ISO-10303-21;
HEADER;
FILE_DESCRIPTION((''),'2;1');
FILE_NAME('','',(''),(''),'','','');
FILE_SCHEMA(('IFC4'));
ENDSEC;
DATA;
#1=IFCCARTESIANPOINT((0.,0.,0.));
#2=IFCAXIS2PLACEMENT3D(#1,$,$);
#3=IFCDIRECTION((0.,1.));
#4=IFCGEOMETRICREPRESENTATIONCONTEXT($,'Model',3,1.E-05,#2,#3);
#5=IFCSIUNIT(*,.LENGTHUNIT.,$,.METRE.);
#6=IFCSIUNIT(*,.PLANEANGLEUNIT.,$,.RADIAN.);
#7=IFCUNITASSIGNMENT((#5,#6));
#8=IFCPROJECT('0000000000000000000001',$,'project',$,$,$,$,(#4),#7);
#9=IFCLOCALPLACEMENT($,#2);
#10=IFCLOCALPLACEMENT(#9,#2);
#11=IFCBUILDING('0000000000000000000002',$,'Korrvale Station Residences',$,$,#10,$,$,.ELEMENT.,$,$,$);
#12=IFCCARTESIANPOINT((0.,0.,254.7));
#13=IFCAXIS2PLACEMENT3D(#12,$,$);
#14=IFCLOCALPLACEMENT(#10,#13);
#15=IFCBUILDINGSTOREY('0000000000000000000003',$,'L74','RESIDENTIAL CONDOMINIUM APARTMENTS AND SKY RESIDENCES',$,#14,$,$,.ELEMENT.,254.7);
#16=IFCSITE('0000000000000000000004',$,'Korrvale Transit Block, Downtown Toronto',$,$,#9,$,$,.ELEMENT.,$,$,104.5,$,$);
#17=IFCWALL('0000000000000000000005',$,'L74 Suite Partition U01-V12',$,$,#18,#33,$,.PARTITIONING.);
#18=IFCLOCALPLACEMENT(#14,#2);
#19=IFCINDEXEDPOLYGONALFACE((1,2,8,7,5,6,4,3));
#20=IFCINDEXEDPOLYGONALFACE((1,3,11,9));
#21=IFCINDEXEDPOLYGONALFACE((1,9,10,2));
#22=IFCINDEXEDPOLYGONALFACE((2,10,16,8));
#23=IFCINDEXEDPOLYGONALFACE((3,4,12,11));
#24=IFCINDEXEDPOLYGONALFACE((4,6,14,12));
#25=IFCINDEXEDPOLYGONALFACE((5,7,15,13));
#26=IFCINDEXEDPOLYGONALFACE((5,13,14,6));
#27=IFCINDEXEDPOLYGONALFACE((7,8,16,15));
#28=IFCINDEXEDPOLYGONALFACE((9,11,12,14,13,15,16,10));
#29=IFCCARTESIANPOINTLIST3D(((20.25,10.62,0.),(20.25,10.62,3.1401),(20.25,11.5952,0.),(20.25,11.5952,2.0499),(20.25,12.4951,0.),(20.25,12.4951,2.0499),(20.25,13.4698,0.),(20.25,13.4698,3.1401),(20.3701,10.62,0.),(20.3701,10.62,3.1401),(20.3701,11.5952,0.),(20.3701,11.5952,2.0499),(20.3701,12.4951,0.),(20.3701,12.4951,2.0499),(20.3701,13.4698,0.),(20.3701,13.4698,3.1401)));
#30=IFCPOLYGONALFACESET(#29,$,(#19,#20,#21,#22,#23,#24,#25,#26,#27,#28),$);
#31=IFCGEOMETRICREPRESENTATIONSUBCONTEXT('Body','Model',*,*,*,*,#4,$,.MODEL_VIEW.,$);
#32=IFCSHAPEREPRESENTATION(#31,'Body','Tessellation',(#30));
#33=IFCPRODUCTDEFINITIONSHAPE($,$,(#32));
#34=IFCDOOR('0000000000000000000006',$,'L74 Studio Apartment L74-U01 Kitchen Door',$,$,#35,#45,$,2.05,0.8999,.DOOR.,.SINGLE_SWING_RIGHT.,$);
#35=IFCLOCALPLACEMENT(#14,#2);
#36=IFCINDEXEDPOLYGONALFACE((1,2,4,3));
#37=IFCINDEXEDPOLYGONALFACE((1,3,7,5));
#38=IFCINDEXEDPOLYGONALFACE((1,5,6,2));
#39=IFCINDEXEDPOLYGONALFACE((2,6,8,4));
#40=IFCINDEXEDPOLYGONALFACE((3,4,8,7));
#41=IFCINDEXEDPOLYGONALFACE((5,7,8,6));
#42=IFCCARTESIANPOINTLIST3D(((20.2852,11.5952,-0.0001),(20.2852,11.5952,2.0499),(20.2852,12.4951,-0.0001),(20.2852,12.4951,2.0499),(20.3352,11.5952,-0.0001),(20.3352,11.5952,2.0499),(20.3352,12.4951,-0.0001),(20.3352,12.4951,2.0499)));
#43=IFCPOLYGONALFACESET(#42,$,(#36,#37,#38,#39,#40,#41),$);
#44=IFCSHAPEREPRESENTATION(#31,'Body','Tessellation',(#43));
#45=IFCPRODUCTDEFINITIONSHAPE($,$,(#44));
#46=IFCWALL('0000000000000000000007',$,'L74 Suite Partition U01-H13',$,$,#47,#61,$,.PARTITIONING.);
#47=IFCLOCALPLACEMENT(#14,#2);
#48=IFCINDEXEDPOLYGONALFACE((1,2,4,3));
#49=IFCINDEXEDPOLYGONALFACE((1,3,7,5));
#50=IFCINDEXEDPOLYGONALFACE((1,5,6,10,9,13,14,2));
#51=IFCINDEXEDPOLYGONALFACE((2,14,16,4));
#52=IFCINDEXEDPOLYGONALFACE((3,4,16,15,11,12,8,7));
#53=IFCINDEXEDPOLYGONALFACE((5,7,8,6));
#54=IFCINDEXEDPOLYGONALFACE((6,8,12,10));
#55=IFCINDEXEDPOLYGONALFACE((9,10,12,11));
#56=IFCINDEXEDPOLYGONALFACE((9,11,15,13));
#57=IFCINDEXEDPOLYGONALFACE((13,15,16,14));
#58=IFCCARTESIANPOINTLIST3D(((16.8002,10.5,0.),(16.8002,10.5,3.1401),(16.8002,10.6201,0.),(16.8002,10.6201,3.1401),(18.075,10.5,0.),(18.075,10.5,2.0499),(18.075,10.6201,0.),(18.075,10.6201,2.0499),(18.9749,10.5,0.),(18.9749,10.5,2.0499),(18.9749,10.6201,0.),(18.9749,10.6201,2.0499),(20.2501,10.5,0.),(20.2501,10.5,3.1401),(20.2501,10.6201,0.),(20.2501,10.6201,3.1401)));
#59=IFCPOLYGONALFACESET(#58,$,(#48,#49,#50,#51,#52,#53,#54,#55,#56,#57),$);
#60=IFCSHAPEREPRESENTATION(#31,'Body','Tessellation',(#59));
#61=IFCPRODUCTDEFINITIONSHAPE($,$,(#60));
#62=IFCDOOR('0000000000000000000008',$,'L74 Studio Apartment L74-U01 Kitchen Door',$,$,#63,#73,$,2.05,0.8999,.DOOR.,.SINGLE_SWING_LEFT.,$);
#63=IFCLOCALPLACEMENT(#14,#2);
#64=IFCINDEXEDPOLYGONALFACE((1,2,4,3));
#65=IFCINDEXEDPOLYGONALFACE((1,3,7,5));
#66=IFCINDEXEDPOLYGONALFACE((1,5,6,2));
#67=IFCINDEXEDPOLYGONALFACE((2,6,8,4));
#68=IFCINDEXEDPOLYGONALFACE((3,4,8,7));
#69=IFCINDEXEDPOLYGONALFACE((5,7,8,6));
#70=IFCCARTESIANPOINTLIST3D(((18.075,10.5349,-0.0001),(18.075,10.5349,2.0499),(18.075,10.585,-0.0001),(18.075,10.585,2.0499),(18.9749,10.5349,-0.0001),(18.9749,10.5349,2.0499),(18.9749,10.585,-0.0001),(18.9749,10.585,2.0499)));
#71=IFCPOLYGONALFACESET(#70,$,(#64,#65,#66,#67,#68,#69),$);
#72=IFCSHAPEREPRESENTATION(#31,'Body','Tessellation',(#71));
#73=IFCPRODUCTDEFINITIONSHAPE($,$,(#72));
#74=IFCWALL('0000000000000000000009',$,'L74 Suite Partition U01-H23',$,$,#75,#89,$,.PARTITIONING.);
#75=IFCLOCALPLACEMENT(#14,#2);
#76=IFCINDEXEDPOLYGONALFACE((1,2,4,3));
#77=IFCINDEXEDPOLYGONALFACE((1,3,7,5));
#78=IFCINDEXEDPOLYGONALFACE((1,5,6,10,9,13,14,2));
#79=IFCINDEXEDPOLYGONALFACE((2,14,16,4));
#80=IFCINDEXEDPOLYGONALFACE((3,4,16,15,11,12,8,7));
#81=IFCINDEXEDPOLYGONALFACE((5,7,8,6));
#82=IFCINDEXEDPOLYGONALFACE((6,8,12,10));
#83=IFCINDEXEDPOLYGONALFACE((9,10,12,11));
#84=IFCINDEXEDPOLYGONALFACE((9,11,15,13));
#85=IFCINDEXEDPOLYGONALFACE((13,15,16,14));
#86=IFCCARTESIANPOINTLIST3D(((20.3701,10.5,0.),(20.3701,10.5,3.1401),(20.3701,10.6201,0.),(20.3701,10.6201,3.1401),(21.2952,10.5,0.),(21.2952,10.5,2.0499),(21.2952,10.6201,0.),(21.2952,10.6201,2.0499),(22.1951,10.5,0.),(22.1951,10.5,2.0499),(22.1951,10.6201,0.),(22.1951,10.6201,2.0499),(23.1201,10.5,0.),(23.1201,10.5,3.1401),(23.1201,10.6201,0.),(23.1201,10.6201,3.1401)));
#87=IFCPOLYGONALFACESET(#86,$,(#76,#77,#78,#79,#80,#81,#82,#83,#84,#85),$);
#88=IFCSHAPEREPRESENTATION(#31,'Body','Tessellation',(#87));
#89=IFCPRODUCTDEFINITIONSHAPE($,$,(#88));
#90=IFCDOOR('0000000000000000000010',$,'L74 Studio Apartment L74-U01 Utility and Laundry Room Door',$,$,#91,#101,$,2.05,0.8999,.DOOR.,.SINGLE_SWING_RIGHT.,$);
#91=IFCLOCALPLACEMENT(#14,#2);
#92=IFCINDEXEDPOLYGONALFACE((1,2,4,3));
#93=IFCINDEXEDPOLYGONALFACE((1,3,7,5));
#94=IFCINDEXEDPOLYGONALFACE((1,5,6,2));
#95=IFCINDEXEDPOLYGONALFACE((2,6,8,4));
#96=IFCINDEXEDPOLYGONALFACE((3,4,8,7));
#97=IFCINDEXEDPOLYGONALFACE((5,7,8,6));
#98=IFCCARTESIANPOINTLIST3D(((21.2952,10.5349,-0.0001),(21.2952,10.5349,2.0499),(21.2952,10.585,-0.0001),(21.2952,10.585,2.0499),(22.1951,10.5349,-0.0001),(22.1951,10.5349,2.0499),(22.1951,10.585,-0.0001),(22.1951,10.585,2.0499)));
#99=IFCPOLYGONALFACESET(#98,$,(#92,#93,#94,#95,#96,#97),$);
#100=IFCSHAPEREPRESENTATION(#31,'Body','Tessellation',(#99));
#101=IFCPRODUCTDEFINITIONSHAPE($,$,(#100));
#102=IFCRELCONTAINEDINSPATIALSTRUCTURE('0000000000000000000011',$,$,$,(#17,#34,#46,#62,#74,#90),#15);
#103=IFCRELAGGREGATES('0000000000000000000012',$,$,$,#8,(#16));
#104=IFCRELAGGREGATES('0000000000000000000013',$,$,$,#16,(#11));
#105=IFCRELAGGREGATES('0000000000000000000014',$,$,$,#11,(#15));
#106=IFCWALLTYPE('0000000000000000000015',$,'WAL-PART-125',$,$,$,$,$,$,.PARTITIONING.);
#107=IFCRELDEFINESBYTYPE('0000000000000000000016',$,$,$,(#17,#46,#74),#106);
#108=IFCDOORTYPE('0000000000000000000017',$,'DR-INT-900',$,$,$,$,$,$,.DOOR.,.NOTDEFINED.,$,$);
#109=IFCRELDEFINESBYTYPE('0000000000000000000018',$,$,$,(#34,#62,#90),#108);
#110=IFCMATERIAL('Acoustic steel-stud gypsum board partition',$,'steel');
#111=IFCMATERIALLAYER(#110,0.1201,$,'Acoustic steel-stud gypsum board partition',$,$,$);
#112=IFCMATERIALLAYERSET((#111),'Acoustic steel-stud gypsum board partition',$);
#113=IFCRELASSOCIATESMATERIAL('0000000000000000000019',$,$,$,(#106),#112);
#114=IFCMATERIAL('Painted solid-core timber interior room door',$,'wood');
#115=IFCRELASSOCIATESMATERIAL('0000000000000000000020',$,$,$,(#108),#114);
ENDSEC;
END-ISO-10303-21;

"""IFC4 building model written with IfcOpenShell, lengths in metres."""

from ifc_helpers import new_model, si_unit, direction, frame, frame_2d, origin, place, context, subcontext, project, spatial, rectangle, extrude, material, layer, layer_set, type_object, element, fill, save


model = new_model("IFC4")

# Units and contexts
model_context = context("Model", 3, precision=1e-05, world=origin(), true_north=direction((0.0, 1.0)))
body_context = subcontext(model_context, "Body", "Model", "MODEL_VIEW")
ifc_project = project(units=[si_unit("LENGTHUNIT", "METRE"), si_unit("PLANEANGLEUNIT", "RADIAN")], contexts=[model_context])

# Site, building, storey
site_placement = place(None, origin())
site = spatial("IfcSite", under=ifc_project, at=site_placement, Name="Korrvale Transit Block, Downtown Toronto", CompositionType="ELEMENT", RefElevation=104.5)
building_placement = place(site_placement, origin())
building = spatial("IfcBuilding", under=site, at=building_placement, Name="Korrvale Station Residences", CompositionType="ELEMENT")
storey_placement = place(building_placement, frame((0.0, 0.0, 254.7)))
storey = spatial("IfcBuildingStorey", under=building, at=storey_placement, Name="L74", Description="RESIDENTIAL CONDOMINIUM APARTMENTS AND SKY RESIDENCES", CompositionType="ELEMENT", Elevation=254.7)

# Walls, openings, doors
ifc_material_1 = material(Name="Acoustic steel-stud gypsum board partition", Category="steel")
ifc_layer_1 = layer(ifc_material_1, 0.1201, Name="Acoustic steel-stud gypsum board partition")
ifc_layer_set_1 = layer_set([ifc_layer_1], Name="Acoustic steel-stud gypsum board partition")
wall_type_1 = type_object("IfcWallType", Name="WAL-PART-125", PredefinedType="PARTITIONING", material=ifc_layer_set_1)
wall_1_placement = place(storey_placement, frame((20.3101, 10.6201, 0.0), z_axis=(0.0, 0.0, 1.0), x_axis=(0.0, 1.0, 0.0)))
wall_1 = element("IfcWall", 1, at=wall_1_placement, inside=storey, type_object=wall_type_1, Name="L74 Suite Partition U01-V12", PredefinedType="PARTITIONING", context=body_context, shape_type="SweptSolid", body=[
    extrude(rectangle(XDim=2.8499, YDim=0.1201, at=frame_2d((1.4248, 0.0))), origin(), (0.0, 0.0, 1.0), 3.1401),
])
opening_1_placement = place(wall_1_placement, frame((0.9751, 0.0, 0.0)))
opening_1 = element("IfcOpeningElement", 2, at=opening_1_placement, cuts=wall_1, PredefinedType="OPENING", context=body_context, shape_type="SweptSolid", body=[
    extrude(rectangle(XDim=0.8999, YDim=2.05, at=frame_2d((0.45, 1.0249))), frame((0.0, 0.0701, 0.0), z_axis=(0.0, -1.0, 0.0), x_axis=(1.0, 0.0, 0.0)), (0.0, 0.0, 1.0), 0.1401),
])
ifc_material_2 = material(Name="Painted solid-core timber interior room door", Category="wood")
door_type_1 = type_object("IfcDoorType", Name="DR-INT-900", OperationType="NOTDEFINED", PredefinedType="DOOR", material=ifc_material_2)
door_1_placement = place(opening_1_placement, origin())
door_1 = element("IfcDoor", 3, at=door_1_placement, inside=storey, type_object=door_type_1, Name="L74 Studio Apartment L74-U01 Kitchen Door", OperationType="SINGLE_SWING_RIGHT", OverallHeight=2.05, OverallWidth=0.8999, PredefinedType="DOOR", context=body_context, shape_type="SweptSolid", body=[
    extrude(rectangle(XDim=0.8999, YDim=2.05, at=frame_2d((0.45, 1.0249))), frame((0.0, 0.0249, 0.0), z_axis=(0.0, -1.0, 0.0), x_axis=(1.0, 0.0, 0.0)), (0.0, 0.0, 1.0), 0.05),
])
fill(opening_1, door_1)
wall_2_placement = place(storey_placement, frame((16.8, 10.5601, 0.0), z_axis=(0.0, 0.0, 1.0), x_axis=(1.0, 0.0, 0.0)))
wall_2 = element("IfcWall", 4, at=wall_2_placement, inside=storey, type_object=wall_type_1, Name="L74 Suite Partition U01-H13", PredefinedType="PARTITIONING", context=body_context, shape_type="SweptSolid", body=[
    extrude(rectangle(XDim=3.45, YDim=0.1201, at=frame_2d((1.7251, 0.0))), origin(), (0.0, 0.0, 1.0), 3.1401),
])
opening_2_placement = place(wall_2_placement, frame((1.2749, 0.0, 0.0)))
opening_2 = element("IfcOpeningElement", 5, at=opening_2_placement, cuts=wall_2, PredefinedType="OPENING", context=body_context, shape_type="SweptSolid", body=[
    extrude(rectangle(XDim=0.8999, YDim=2.05, at=frame_2d((0.45, 1.0249))), frame((0.0, 0.0701, 0.0), z_axis=(0.0, -1.0, 0.0), x_axis=(1.0, 0.0, 0.0)), (0.0, 0.0, 1.0), 0.1401),
])
door_2_placement = place(opening_2_placement, origin())
door_2 = element("IfcDoor", 6, at=door_2_placement, inside=storey, type_object=door_type_1, Name="L74 Studio Apartment L74-U01 Kitchen Door", OperationType="SINGLE_SWING_LEFT", OverallHeight=2.05, OverallWidth=0.8999, PredefinedType="DOOR", context=body_context, shape_type="SweptSolid", body=[
    extrude(rectangle(XDim=0.8999, YDim=2.05, at=frame_2d((0.45, 1.0249))), frame((0.0, 0.0249, 0.0), z_axis=(0.0, -1.0, 0.0), x_axis=(1.0, 0.0, 0.0)), (0.0, 0.0, 1.0), 0.05),
])
fill(opening_2, door_2)
wall_3_placement = place(storey_placement, frame((20.3701, 10.5601, 0.0), z_axis=(0.0, 0.0, 1.0), x_axis=(1.0, 0.0, 0.0)))
wall_3 = element("IfcWall", 7, at=wall_3_placement, inside=storey, type_object=wall_type_1, Name="L74 Suite Partition U01-H23", PredefinedType="PARTITIONING", context=body_context, shape_type="SweptSolid", body=[
    extrude(rectangle(XDim=2.75, YDim=0.1201, at=frame_2d((1.375, 0.0))), origin(), (0.0, 0.0, 1.0), 3.1401),
])
opening_3_placement = place(wall_3_placement, frame((0.925, 0.0, 0.0)))
opening_3 = element("IfcOpeningElement", 8, at=opening_3_placement, cuts=wall_3, PredefinedType="OPENING", context=body_context, shape_type="SweptSolid", body=[
    extrude(rectangle(XDim=0.8999, YDim=2.05, at=frame_2d((0.45, 1.0249))), frame((0.0, 0.0701, 0.0), z_axis=(0.0, -1.0, 0.0), x_axis=(1.0, 0.0, 0.0)), (0.0, 0.0, 1.0), 0.1401),
])
door_3_placement = place(opening_3_placement, origin())
door_3 = element("IfcDoor", 9, at=door_3_placement, inside=storey, type_object=door_type_1, Name="L74 Studio Apartment L74-U01 Utility and Laundry Room Door", OperationType="SINGLE_SWING_RIGHT", OverallHeight=2.05, OverallWidth=0.8999, PredefinedType="DOOR", context=body_context, shape_type="SweptSolid", body=[
    extrude(rectangle(XDim=0.8999, YDim=2.05, at=frame_2d((0.45, 1.0249))), frame((0.0, 0.0249, 0.0), z_axis=(0.0, -1.0, 0.0), x_axis=(1.0, 0.0, 0.0)), (0.0, 0.0, 1.0), 0.05),
])
fill(opening_3, door_3)

save(model, "model.ifc")
